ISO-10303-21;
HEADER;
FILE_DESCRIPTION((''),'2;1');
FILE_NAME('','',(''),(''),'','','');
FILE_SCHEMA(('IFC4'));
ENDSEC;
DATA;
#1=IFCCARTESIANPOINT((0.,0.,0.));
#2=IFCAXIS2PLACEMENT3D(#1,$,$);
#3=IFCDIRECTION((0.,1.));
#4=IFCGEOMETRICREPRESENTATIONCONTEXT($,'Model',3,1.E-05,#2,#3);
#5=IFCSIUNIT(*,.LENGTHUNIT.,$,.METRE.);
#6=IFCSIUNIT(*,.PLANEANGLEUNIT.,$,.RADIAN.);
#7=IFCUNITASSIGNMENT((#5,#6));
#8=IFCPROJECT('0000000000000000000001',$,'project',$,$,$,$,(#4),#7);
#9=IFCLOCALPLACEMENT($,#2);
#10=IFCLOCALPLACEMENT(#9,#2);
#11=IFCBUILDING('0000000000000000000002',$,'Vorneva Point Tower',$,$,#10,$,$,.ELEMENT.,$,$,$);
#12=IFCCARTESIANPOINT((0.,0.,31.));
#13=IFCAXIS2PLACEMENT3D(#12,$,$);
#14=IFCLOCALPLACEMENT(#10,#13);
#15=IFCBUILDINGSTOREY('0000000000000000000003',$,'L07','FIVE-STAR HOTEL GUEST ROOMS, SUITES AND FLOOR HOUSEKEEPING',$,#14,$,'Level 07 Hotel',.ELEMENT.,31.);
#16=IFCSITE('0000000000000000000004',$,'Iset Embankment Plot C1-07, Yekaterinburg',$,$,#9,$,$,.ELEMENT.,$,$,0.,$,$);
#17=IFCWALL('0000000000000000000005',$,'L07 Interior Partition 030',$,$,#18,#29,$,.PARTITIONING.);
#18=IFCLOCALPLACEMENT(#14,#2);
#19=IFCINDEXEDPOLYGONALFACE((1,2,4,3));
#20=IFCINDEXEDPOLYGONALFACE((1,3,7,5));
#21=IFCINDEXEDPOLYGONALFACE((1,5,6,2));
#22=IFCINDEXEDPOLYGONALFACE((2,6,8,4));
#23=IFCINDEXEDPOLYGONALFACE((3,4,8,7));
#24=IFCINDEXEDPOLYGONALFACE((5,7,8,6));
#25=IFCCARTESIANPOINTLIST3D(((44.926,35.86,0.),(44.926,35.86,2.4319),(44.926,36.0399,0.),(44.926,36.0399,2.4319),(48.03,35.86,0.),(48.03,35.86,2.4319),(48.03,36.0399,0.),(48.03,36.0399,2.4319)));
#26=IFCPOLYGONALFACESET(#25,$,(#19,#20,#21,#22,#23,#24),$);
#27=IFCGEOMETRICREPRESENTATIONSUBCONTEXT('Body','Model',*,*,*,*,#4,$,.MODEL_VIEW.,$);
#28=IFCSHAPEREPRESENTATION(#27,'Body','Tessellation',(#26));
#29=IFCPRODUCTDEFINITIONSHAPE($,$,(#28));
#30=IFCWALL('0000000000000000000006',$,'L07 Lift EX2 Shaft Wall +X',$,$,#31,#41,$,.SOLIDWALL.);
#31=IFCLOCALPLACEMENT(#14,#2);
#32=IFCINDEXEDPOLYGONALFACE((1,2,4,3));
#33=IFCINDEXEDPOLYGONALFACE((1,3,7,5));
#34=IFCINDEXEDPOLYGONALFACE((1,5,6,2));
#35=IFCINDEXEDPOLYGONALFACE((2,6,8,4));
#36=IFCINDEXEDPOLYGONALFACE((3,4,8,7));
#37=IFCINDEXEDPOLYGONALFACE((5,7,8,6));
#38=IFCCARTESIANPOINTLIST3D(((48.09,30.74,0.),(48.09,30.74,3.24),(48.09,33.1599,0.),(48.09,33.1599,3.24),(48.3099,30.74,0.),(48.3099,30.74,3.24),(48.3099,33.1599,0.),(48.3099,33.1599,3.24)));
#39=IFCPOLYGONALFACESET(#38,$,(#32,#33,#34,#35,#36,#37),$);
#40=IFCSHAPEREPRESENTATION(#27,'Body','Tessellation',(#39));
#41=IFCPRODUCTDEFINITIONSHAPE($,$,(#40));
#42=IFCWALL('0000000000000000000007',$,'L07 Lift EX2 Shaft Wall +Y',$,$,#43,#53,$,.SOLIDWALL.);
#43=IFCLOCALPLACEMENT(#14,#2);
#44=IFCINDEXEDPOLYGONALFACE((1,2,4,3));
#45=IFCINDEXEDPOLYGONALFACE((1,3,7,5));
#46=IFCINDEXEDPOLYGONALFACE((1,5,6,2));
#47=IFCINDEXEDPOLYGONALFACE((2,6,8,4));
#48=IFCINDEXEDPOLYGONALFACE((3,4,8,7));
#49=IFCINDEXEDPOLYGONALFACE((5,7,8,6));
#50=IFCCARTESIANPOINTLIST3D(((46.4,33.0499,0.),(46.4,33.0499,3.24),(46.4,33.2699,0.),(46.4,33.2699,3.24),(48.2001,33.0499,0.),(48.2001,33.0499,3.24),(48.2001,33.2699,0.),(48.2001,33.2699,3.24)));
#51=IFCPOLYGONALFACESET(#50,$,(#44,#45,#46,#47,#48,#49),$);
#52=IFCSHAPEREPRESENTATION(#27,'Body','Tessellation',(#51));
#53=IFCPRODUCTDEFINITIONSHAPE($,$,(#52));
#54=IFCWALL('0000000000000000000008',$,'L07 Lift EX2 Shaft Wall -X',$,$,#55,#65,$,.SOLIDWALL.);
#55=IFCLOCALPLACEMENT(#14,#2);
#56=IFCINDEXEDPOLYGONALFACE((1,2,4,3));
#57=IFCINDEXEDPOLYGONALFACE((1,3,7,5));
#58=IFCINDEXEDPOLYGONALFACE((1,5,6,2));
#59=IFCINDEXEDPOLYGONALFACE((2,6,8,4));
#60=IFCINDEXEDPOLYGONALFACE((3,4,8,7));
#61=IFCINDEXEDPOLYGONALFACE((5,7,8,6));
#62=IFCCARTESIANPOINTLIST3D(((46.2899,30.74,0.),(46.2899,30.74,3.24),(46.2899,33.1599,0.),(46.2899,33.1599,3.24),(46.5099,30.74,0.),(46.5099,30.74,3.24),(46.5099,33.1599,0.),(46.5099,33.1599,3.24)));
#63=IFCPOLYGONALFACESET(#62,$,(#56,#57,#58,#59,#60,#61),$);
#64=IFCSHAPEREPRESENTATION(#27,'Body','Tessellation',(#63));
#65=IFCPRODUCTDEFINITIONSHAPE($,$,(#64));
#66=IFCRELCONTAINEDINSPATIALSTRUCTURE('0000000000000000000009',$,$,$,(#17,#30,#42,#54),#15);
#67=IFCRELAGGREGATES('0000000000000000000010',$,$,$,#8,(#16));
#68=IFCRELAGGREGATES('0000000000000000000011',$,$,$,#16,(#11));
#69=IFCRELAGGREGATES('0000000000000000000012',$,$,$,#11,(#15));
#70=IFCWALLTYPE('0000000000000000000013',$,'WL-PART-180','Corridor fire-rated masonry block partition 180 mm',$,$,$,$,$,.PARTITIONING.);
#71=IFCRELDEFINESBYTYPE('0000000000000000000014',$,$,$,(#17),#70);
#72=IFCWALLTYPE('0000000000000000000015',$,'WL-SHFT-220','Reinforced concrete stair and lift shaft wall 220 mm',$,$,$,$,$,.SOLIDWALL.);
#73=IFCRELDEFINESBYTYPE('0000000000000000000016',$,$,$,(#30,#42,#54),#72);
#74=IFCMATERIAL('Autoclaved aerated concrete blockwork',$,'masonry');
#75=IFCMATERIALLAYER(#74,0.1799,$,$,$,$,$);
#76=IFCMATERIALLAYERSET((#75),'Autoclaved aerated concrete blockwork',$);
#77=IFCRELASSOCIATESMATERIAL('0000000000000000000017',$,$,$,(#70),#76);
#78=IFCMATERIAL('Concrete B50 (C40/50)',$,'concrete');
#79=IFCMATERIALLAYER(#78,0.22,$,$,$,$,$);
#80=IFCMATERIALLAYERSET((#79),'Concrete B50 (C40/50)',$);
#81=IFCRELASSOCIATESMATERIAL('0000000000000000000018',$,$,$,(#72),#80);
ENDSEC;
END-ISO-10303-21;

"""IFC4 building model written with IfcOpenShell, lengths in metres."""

from ifc_helpers import new_model, si_unit, direction, frame, frame_2d, origin, place, context, subcontext, project, spatial, rectangle, extrude, material, layer, layer_set, type_object, element, save


model = new_model("IFC4")

# Units and contexts
model_context = context("Model", 3, precision=1e-05, world=origin(), true_north=direction((0.0, 1.0)))
body_context = subcontext(model_context, "Body", "Model", "MODEL_VIEW")
ifc_project = project(units=[si_unit("LENGTHUNIT", "METRE"), si_unit("PLANEANGLEUNIT", "RADIAN")], contexts=[model_context])

# Site, building, storey
site_placement = place(None, origin())
site = spatial("IfcSite", under=ifc_project, at=site_placement, Name="Iset Embankment Plot C1-07, Yekaterinburg", CompositionType="ELEMENT", RefElevation=0.0)
building_placement = place(site_placement, origin())
building = spatial("IfcBuilding", under=site, at=building_placement, Name="Vorneva Point Tower", CompositionType="ELEMENT")
storey_placement = place(building_placement, frame((0.0, 0.0, 31.0)))
storey = spatial("IfcBuildingStorey", under=building, at=storey_placement, Name="L07", Description="FIVE-STAR HOTEL GUEST ROOMS, SUITES AND FLOOR HOUSEKEEPING", LongName="Level 07 Hotel", CompositionType="ELEMENT", Elevation=31.0)

# Shared definitions
ifc_material_1 = material(Name="Autoclaved aerated concrete blockwork", Category="masonry")
ifc_layer_1 = layer(ifc_material_1, 0.1799)
ifc_layer_set_1 = layer_set([ifc_layer_1], Name="Autoclaved aerated concrete blockwork")
wall_type_1 = type_object("IfcWallType", Name="WL-PART-180", Description="Corridor fire-rated masonry block partition 180 mm", PredefinedType="PARTITIONING", material=ifc_layer_set_1)

# Walls
wall_1_placement = place(storey_placement, frame((48.03, 35.95, 0.0), z_axis=(0.0, 0.0, 1.0), x_axis=(-1.0, 0.0, 0.0)))
element("IfcWall", 1, at=wall_1_placement, inside=storey, type_object=wall_type_1, Name="L07 Interior Partition 030", PredefinedType="PARTITIONING", context=body_context, shape_type="SweptSolid", body=[
    extrude(rectangle(XDim=3.104, YDim=0.1799, at=frame_2d((1.552, 0.0))), origin(), (0.0, 0.0, 1.0), 2.4319),
])
ifc_material_2 = material(Name="Concrete B50 (C40/50)", Category="concrete")
ifc_layer_2 = layer(ifc_material_2, 0.22)
ifc_layer_set_2 = layer_set([ifc_layer_2], Name="Concrete B50 (C40/50)")
wall_type_2 = type_object("IfcWallType", Name="WL-SHFT-220", Description="Reinforced concrete stair and lift shaft wall 220 mm", PredefinedType="SOLIDWALL", material=ifc_layer_set_2)
wall_2_placement = place(storey_placement, frame((48.2, 30.74, 0.0), z_axis=(0.0, 0.0, 1.0), x_axis=(0.0, 1.0, 0.0)))
element("IfcWall", 2, at=wall_2_placement, inside=storey, type_object=wall_type_2, Name="L07 Lift EX2 Shaft Wall +X", PredefinedType="SOLIDWALL", context=body_context, shape_type="SweptSolid", body=[
    extrude(rectangle(XDim=2.4199, YDim=0.22, at=frame_2d((1.21, 0.0))), origin(), (0.0, 0.0, 1.0), 3.24),
])
wall_3_placement = place(storey_placement, frame((48.2, 33.1599, 0.0), z_axis=(0.0, 0.0, 1.0), x_axis=(-1.0, 0.0, 0.0)))
element("IfcWall", 3, at=wall_3_placement, inside=storey, type_object=wall_type_2, Name="L07 Lift EX2 Shaft Wall +Y", PredefinedType="SOLIDWALL", context=body_context, shape_type="SweptSolid", body=[
    extrude(rectangle(XDim=1.8, YDim=0.22, at=frame_2d((0.8999, 0.0))), origin(), (0.0, 0.0, 1.0), 3.24),
])
wall_4_placement = place(storey_placement, frame((46.3999, 33.1599, 0.0), z_axis=(0.0, 0.0, 1.0), x_axis=(0.0, -1.0, 0.0)))
element("IfcWall", 4, at=wall_4_placement, inside=storey, type_object=wall_type_2, Name="L07 Lift EX2 Shaft Wall -X", PredefinedType="SOLIDWALL", context=body_context, shape_type="SweptSolid", body=[
    extrude(rectangle(XDim=2.4199, YDim=0.22, at=frame_2d((1.21, 0.0))), origin(), (0.0, 0.0, 1.0), 3.24),
])

save(model, "model.ifc")
